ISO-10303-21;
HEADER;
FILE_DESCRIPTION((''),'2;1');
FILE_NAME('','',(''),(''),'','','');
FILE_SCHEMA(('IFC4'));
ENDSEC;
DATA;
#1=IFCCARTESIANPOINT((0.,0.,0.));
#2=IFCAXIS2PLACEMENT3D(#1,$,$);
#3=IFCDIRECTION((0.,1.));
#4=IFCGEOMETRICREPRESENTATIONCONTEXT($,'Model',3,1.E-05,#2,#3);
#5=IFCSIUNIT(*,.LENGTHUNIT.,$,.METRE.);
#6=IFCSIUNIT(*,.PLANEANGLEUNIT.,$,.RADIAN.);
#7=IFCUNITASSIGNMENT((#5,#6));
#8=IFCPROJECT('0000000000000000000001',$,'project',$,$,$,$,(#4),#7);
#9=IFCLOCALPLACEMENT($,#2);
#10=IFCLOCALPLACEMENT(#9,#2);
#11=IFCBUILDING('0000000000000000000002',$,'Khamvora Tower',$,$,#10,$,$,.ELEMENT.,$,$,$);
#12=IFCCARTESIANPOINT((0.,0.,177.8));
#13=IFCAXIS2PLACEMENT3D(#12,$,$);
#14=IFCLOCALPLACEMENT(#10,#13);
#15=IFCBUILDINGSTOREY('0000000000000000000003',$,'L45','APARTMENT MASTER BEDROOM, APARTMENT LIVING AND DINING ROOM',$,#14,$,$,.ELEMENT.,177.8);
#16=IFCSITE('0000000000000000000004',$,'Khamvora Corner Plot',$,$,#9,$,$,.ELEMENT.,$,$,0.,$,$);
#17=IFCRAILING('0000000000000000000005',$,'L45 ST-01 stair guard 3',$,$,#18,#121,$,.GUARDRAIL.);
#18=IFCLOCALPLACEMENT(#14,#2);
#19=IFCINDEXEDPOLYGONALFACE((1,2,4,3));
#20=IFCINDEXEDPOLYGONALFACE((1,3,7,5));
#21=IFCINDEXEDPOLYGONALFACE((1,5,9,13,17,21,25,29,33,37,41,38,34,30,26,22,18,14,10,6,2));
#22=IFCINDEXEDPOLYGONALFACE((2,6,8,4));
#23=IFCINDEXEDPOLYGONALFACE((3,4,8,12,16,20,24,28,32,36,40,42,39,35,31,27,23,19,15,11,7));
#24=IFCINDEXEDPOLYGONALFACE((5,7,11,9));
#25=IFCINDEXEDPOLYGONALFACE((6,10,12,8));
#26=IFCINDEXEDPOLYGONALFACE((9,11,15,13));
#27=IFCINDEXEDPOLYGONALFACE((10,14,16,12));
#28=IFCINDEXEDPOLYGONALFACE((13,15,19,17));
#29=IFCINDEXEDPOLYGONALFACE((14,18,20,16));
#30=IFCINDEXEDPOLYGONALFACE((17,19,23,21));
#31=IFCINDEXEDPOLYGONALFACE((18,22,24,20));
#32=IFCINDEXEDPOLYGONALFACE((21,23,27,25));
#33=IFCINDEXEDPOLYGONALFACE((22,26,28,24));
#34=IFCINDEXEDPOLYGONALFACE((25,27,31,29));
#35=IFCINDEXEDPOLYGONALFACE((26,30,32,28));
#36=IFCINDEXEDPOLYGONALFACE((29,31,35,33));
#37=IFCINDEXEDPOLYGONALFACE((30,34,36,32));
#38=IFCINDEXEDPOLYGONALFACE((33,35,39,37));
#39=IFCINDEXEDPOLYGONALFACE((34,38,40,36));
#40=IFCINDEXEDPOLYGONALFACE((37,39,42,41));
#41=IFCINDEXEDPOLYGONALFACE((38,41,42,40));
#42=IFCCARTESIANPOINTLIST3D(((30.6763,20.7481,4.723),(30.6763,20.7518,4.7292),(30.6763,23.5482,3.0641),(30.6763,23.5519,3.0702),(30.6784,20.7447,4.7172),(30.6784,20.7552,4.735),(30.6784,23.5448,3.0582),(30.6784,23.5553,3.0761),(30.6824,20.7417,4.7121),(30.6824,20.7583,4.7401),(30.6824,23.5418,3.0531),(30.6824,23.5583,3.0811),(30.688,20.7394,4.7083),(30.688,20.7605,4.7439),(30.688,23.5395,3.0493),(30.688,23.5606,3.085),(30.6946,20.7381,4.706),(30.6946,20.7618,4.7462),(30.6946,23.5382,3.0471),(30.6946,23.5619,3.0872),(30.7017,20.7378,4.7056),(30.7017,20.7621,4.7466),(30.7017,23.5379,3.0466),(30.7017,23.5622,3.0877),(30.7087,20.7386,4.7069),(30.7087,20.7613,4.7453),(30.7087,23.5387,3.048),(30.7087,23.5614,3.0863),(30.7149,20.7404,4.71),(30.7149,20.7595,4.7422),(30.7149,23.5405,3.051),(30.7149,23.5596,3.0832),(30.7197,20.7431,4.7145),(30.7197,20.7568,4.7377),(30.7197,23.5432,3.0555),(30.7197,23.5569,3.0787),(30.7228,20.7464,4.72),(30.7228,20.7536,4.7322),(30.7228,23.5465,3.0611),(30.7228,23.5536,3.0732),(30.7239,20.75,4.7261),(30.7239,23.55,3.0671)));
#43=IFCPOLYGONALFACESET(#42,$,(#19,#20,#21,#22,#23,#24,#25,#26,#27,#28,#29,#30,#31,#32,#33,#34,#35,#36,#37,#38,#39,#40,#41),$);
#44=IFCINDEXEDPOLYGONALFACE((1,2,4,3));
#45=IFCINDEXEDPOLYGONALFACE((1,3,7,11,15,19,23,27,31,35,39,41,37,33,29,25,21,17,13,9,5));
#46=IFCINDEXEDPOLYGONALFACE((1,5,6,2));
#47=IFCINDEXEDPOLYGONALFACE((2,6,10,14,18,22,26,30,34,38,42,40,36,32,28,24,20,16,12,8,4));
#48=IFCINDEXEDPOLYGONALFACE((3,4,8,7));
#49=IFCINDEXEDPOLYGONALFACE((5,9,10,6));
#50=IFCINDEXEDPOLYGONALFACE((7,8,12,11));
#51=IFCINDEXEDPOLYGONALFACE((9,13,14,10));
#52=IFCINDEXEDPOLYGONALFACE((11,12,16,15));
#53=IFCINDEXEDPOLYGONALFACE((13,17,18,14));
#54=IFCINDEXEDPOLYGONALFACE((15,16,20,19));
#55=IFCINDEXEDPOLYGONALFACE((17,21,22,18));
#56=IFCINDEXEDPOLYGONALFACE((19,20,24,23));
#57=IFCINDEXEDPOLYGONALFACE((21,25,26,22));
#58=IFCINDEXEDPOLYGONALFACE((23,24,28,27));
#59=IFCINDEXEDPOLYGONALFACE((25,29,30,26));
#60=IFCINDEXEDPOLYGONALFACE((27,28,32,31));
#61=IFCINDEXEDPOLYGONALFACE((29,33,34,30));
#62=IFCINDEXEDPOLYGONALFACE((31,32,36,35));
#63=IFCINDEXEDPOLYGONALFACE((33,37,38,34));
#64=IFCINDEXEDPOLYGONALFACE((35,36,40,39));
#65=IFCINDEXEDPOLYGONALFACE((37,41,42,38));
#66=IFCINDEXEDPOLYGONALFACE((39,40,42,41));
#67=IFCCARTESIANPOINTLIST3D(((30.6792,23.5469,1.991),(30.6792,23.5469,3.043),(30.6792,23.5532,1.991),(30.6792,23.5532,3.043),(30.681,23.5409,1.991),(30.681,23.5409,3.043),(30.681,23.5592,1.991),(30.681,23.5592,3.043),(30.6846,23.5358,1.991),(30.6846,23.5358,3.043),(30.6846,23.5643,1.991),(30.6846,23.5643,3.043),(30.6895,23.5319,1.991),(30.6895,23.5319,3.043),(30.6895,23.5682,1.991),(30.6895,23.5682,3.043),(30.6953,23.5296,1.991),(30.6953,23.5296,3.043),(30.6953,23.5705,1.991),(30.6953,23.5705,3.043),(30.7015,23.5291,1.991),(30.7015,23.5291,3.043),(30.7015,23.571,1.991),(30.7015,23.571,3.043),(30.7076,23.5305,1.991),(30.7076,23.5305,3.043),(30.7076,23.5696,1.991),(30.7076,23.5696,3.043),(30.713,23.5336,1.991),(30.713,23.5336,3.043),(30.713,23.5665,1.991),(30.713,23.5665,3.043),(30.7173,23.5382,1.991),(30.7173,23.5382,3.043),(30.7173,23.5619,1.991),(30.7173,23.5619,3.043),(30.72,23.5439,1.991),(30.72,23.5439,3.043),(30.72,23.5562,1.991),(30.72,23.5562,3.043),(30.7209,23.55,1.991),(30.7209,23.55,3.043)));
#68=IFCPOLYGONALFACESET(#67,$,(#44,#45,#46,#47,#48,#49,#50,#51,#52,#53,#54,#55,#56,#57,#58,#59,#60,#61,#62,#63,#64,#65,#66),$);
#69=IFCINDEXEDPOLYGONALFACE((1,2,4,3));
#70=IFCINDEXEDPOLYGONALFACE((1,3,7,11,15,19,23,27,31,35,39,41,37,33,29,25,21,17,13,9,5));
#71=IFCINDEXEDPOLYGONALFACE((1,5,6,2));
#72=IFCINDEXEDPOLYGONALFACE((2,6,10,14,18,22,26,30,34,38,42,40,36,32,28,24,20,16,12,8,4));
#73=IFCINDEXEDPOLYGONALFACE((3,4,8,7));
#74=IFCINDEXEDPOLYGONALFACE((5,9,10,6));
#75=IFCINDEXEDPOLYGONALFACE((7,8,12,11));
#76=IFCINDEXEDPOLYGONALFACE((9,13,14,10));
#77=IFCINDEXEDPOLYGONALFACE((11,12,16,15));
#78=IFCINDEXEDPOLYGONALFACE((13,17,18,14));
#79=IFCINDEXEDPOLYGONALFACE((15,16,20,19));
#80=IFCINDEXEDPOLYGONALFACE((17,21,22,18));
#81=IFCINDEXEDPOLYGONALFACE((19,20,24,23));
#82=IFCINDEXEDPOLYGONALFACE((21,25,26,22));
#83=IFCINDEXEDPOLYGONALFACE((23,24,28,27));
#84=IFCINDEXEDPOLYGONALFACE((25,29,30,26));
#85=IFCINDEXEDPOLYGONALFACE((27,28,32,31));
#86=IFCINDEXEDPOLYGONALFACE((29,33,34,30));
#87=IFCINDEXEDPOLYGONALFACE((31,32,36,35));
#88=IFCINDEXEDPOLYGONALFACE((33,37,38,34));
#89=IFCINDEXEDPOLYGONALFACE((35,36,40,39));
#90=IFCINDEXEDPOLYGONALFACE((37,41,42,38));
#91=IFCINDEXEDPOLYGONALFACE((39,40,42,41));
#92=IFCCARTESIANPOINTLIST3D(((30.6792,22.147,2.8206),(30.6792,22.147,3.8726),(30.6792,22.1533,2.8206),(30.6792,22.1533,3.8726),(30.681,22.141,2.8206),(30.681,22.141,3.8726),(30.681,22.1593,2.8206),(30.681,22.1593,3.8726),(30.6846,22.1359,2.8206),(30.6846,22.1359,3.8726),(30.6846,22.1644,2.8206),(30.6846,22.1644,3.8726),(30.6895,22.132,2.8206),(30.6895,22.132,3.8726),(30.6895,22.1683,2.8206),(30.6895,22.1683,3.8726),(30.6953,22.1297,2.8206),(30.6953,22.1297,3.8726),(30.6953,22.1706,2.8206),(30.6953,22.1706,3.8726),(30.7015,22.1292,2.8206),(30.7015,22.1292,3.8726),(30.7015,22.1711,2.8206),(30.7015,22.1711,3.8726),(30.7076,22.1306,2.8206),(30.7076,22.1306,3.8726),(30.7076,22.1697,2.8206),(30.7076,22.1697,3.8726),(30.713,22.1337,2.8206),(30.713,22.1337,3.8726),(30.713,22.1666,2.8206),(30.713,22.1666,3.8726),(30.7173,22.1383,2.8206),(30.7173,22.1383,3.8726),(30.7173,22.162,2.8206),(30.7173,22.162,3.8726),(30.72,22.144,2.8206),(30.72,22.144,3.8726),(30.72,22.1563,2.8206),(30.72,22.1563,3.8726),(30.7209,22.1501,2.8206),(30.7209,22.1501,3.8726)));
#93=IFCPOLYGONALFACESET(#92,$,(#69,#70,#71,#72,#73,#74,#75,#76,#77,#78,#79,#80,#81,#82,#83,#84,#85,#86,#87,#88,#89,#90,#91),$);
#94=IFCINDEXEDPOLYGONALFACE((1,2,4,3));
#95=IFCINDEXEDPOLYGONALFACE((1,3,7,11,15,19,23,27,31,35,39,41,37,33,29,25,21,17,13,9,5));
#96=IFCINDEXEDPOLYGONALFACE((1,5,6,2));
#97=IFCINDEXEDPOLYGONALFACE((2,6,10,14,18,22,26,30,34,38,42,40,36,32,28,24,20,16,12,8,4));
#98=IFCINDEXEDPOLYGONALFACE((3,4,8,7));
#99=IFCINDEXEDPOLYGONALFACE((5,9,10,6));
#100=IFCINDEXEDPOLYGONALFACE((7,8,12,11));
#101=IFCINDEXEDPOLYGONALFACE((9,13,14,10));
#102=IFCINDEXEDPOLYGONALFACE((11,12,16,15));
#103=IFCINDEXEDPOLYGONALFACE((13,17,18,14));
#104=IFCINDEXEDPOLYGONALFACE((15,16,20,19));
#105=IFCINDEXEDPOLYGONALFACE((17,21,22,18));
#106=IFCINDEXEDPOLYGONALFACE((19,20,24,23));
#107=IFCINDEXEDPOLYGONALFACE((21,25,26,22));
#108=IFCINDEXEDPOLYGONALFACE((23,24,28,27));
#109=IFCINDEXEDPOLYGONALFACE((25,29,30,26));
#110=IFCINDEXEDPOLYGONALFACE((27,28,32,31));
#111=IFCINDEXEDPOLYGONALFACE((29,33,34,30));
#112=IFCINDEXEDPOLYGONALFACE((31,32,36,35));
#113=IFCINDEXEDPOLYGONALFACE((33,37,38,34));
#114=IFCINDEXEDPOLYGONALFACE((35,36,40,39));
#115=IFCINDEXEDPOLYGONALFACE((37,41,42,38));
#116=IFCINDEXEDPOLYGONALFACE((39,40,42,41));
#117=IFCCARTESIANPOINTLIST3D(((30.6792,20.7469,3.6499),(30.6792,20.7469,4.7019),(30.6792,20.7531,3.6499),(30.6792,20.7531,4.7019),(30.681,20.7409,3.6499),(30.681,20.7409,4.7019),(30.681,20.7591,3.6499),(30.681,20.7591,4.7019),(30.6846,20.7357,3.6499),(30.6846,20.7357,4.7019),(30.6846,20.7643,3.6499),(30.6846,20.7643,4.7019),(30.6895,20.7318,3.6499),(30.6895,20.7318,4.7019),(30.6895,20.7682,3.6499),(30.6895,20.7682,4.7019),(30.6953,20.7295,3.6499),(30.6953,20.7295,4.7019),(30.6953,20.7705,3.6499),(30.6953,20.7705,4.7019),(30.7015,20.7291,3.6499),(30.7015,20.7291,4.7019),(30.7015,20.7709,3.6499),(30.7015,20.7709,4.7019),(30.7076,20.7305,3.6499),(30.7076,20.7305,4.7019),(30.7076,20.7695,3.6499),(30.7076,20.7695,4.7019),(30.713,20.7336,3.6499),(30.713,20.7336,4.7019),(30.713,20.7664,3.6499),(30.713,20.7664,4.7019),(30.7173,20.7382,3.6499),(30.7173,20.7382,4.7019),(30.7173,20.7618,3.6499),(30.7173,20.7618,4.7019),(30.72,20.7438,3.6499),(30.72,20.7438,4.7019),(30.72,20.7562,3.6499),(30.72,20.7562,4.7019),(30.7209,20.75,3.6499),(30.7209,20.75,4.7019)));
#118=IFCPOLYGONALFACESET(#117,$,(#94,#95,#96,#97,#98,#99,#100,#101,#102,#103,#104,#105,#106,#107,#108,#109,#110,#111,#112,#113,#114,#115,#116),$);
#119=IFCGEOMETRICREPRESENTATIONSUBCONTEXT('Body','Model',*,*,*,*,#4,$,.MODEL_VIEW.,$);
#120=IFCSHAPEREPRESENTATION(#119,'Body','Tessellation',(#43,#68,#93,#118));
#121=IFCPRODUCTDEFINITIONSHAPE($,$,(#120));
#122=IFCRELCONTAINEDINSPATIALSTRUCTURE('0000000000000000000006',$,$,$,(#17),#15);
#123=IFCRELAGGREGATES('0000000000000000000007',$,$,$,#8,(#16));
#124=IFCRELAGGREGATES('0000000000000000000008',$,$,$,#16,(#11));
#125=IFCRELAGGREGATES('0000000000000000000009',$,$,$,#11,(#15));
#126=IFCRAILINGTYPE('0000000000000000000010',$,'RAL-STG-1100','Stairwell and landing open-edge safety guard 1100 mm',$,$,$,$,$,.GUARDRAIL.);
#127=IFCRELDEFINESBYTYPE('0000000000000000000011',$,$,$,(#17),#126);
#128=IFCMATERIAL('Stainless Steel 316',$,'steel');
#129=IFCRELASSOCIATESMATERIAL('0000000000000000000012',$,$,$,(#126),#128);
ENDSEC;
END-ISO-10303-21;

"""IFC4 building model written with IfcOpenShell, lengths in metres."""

from ifc_helpers import new_model, si_unit, direction, frame, origin, origin_2d, place, context, subcontext, project, spatial, circle, extrude, material, type_object, element, save


model = new_model("IFC4")

# Units and contexts
model_context = context("Model", 3, precision=1e-05, world=origin(), true_north=direction((0.0, 1.0)))
body_context = subcontext(model_context, "Body", "Model", "MODEL_VIEW")
ifc_project = project(units=[si_unit("LENGTHUNIT", "METRE"), si_unit("PLANEANGLEUNIT", "RADIAN")], contexts=[model_context])

# Site, building, storey
site_placement = place(None, origin())
site = spatial("IfcSite", under=ifc_project, at=site_placement, Name="Khamvora Corner Plot", CompositionType="ELEMENT", RefElevation=0.0)
building_placement = place(site_placement, origin())
building = spatial("IfcBuilding", under=site, at=building_placement, Name="Khamvora Tower", CompositionType="ELEMENT")
storey_placement = place(building_placement, frame((0.0, 0.0, 177.8)))
storey = spatial("IfcBuildingStorey", under=building, at=storey_placement, Name="L45", Description="APARTMENT MASTER BEDROOM, APARTMENT LIVING AND DINING ROOM", CompositionType="ELEMENT", Elevation=177.8)

# Railing
ifc_material_1 = material(Name="Stainless Steel 316", Category="steel")
railing_type_1 = type_object("IfcRailingType", Name="RAL-STG-1100", Description="Stairwell and landing open-edge safety guard 1100 mm", PredefinedType="GUARDRAIL", material=ifc_material_1)
railing_1_placement = place(storey_placement, frame((30.7, 23.55, 1.991)))
element("IfcRailing", 1, at=railing_1_placement, inside=storey, type_object=railing_type_1, Name="L45 ST-01 stair guard 3", PredefinedType="GUARDRAIL", context=body_context, shape_type="SweptSolid", body=[
    extrude(circle(Radius=0.0239, at=origin_2d()), frame((0.0, 0.0, 1.0762), z_axis=(0.0, -0.860339, 0.509722), x_axis=(1.0, 0.0, 0.0)), (0.0, 0.0, 1.0), 3.2546),
    extrude(circle(Radius=0.021, at=origin_2d()), origin(), (0.0, 0.0, 1.0), 1.052),
    extrude(circle(Radius=0.021, at=origin_2d()), frame((0.0, -1.3999, 0.8296)), (0.0, 0.0, 1.0), 1.052),
    extrude(circle(Radius=0.021, at=origin_2d()), frame((0.0, -2.8, 1.6589)), (0.0, 0.0, 1.0), 1.052),
])

save(model, "model.ifc")
